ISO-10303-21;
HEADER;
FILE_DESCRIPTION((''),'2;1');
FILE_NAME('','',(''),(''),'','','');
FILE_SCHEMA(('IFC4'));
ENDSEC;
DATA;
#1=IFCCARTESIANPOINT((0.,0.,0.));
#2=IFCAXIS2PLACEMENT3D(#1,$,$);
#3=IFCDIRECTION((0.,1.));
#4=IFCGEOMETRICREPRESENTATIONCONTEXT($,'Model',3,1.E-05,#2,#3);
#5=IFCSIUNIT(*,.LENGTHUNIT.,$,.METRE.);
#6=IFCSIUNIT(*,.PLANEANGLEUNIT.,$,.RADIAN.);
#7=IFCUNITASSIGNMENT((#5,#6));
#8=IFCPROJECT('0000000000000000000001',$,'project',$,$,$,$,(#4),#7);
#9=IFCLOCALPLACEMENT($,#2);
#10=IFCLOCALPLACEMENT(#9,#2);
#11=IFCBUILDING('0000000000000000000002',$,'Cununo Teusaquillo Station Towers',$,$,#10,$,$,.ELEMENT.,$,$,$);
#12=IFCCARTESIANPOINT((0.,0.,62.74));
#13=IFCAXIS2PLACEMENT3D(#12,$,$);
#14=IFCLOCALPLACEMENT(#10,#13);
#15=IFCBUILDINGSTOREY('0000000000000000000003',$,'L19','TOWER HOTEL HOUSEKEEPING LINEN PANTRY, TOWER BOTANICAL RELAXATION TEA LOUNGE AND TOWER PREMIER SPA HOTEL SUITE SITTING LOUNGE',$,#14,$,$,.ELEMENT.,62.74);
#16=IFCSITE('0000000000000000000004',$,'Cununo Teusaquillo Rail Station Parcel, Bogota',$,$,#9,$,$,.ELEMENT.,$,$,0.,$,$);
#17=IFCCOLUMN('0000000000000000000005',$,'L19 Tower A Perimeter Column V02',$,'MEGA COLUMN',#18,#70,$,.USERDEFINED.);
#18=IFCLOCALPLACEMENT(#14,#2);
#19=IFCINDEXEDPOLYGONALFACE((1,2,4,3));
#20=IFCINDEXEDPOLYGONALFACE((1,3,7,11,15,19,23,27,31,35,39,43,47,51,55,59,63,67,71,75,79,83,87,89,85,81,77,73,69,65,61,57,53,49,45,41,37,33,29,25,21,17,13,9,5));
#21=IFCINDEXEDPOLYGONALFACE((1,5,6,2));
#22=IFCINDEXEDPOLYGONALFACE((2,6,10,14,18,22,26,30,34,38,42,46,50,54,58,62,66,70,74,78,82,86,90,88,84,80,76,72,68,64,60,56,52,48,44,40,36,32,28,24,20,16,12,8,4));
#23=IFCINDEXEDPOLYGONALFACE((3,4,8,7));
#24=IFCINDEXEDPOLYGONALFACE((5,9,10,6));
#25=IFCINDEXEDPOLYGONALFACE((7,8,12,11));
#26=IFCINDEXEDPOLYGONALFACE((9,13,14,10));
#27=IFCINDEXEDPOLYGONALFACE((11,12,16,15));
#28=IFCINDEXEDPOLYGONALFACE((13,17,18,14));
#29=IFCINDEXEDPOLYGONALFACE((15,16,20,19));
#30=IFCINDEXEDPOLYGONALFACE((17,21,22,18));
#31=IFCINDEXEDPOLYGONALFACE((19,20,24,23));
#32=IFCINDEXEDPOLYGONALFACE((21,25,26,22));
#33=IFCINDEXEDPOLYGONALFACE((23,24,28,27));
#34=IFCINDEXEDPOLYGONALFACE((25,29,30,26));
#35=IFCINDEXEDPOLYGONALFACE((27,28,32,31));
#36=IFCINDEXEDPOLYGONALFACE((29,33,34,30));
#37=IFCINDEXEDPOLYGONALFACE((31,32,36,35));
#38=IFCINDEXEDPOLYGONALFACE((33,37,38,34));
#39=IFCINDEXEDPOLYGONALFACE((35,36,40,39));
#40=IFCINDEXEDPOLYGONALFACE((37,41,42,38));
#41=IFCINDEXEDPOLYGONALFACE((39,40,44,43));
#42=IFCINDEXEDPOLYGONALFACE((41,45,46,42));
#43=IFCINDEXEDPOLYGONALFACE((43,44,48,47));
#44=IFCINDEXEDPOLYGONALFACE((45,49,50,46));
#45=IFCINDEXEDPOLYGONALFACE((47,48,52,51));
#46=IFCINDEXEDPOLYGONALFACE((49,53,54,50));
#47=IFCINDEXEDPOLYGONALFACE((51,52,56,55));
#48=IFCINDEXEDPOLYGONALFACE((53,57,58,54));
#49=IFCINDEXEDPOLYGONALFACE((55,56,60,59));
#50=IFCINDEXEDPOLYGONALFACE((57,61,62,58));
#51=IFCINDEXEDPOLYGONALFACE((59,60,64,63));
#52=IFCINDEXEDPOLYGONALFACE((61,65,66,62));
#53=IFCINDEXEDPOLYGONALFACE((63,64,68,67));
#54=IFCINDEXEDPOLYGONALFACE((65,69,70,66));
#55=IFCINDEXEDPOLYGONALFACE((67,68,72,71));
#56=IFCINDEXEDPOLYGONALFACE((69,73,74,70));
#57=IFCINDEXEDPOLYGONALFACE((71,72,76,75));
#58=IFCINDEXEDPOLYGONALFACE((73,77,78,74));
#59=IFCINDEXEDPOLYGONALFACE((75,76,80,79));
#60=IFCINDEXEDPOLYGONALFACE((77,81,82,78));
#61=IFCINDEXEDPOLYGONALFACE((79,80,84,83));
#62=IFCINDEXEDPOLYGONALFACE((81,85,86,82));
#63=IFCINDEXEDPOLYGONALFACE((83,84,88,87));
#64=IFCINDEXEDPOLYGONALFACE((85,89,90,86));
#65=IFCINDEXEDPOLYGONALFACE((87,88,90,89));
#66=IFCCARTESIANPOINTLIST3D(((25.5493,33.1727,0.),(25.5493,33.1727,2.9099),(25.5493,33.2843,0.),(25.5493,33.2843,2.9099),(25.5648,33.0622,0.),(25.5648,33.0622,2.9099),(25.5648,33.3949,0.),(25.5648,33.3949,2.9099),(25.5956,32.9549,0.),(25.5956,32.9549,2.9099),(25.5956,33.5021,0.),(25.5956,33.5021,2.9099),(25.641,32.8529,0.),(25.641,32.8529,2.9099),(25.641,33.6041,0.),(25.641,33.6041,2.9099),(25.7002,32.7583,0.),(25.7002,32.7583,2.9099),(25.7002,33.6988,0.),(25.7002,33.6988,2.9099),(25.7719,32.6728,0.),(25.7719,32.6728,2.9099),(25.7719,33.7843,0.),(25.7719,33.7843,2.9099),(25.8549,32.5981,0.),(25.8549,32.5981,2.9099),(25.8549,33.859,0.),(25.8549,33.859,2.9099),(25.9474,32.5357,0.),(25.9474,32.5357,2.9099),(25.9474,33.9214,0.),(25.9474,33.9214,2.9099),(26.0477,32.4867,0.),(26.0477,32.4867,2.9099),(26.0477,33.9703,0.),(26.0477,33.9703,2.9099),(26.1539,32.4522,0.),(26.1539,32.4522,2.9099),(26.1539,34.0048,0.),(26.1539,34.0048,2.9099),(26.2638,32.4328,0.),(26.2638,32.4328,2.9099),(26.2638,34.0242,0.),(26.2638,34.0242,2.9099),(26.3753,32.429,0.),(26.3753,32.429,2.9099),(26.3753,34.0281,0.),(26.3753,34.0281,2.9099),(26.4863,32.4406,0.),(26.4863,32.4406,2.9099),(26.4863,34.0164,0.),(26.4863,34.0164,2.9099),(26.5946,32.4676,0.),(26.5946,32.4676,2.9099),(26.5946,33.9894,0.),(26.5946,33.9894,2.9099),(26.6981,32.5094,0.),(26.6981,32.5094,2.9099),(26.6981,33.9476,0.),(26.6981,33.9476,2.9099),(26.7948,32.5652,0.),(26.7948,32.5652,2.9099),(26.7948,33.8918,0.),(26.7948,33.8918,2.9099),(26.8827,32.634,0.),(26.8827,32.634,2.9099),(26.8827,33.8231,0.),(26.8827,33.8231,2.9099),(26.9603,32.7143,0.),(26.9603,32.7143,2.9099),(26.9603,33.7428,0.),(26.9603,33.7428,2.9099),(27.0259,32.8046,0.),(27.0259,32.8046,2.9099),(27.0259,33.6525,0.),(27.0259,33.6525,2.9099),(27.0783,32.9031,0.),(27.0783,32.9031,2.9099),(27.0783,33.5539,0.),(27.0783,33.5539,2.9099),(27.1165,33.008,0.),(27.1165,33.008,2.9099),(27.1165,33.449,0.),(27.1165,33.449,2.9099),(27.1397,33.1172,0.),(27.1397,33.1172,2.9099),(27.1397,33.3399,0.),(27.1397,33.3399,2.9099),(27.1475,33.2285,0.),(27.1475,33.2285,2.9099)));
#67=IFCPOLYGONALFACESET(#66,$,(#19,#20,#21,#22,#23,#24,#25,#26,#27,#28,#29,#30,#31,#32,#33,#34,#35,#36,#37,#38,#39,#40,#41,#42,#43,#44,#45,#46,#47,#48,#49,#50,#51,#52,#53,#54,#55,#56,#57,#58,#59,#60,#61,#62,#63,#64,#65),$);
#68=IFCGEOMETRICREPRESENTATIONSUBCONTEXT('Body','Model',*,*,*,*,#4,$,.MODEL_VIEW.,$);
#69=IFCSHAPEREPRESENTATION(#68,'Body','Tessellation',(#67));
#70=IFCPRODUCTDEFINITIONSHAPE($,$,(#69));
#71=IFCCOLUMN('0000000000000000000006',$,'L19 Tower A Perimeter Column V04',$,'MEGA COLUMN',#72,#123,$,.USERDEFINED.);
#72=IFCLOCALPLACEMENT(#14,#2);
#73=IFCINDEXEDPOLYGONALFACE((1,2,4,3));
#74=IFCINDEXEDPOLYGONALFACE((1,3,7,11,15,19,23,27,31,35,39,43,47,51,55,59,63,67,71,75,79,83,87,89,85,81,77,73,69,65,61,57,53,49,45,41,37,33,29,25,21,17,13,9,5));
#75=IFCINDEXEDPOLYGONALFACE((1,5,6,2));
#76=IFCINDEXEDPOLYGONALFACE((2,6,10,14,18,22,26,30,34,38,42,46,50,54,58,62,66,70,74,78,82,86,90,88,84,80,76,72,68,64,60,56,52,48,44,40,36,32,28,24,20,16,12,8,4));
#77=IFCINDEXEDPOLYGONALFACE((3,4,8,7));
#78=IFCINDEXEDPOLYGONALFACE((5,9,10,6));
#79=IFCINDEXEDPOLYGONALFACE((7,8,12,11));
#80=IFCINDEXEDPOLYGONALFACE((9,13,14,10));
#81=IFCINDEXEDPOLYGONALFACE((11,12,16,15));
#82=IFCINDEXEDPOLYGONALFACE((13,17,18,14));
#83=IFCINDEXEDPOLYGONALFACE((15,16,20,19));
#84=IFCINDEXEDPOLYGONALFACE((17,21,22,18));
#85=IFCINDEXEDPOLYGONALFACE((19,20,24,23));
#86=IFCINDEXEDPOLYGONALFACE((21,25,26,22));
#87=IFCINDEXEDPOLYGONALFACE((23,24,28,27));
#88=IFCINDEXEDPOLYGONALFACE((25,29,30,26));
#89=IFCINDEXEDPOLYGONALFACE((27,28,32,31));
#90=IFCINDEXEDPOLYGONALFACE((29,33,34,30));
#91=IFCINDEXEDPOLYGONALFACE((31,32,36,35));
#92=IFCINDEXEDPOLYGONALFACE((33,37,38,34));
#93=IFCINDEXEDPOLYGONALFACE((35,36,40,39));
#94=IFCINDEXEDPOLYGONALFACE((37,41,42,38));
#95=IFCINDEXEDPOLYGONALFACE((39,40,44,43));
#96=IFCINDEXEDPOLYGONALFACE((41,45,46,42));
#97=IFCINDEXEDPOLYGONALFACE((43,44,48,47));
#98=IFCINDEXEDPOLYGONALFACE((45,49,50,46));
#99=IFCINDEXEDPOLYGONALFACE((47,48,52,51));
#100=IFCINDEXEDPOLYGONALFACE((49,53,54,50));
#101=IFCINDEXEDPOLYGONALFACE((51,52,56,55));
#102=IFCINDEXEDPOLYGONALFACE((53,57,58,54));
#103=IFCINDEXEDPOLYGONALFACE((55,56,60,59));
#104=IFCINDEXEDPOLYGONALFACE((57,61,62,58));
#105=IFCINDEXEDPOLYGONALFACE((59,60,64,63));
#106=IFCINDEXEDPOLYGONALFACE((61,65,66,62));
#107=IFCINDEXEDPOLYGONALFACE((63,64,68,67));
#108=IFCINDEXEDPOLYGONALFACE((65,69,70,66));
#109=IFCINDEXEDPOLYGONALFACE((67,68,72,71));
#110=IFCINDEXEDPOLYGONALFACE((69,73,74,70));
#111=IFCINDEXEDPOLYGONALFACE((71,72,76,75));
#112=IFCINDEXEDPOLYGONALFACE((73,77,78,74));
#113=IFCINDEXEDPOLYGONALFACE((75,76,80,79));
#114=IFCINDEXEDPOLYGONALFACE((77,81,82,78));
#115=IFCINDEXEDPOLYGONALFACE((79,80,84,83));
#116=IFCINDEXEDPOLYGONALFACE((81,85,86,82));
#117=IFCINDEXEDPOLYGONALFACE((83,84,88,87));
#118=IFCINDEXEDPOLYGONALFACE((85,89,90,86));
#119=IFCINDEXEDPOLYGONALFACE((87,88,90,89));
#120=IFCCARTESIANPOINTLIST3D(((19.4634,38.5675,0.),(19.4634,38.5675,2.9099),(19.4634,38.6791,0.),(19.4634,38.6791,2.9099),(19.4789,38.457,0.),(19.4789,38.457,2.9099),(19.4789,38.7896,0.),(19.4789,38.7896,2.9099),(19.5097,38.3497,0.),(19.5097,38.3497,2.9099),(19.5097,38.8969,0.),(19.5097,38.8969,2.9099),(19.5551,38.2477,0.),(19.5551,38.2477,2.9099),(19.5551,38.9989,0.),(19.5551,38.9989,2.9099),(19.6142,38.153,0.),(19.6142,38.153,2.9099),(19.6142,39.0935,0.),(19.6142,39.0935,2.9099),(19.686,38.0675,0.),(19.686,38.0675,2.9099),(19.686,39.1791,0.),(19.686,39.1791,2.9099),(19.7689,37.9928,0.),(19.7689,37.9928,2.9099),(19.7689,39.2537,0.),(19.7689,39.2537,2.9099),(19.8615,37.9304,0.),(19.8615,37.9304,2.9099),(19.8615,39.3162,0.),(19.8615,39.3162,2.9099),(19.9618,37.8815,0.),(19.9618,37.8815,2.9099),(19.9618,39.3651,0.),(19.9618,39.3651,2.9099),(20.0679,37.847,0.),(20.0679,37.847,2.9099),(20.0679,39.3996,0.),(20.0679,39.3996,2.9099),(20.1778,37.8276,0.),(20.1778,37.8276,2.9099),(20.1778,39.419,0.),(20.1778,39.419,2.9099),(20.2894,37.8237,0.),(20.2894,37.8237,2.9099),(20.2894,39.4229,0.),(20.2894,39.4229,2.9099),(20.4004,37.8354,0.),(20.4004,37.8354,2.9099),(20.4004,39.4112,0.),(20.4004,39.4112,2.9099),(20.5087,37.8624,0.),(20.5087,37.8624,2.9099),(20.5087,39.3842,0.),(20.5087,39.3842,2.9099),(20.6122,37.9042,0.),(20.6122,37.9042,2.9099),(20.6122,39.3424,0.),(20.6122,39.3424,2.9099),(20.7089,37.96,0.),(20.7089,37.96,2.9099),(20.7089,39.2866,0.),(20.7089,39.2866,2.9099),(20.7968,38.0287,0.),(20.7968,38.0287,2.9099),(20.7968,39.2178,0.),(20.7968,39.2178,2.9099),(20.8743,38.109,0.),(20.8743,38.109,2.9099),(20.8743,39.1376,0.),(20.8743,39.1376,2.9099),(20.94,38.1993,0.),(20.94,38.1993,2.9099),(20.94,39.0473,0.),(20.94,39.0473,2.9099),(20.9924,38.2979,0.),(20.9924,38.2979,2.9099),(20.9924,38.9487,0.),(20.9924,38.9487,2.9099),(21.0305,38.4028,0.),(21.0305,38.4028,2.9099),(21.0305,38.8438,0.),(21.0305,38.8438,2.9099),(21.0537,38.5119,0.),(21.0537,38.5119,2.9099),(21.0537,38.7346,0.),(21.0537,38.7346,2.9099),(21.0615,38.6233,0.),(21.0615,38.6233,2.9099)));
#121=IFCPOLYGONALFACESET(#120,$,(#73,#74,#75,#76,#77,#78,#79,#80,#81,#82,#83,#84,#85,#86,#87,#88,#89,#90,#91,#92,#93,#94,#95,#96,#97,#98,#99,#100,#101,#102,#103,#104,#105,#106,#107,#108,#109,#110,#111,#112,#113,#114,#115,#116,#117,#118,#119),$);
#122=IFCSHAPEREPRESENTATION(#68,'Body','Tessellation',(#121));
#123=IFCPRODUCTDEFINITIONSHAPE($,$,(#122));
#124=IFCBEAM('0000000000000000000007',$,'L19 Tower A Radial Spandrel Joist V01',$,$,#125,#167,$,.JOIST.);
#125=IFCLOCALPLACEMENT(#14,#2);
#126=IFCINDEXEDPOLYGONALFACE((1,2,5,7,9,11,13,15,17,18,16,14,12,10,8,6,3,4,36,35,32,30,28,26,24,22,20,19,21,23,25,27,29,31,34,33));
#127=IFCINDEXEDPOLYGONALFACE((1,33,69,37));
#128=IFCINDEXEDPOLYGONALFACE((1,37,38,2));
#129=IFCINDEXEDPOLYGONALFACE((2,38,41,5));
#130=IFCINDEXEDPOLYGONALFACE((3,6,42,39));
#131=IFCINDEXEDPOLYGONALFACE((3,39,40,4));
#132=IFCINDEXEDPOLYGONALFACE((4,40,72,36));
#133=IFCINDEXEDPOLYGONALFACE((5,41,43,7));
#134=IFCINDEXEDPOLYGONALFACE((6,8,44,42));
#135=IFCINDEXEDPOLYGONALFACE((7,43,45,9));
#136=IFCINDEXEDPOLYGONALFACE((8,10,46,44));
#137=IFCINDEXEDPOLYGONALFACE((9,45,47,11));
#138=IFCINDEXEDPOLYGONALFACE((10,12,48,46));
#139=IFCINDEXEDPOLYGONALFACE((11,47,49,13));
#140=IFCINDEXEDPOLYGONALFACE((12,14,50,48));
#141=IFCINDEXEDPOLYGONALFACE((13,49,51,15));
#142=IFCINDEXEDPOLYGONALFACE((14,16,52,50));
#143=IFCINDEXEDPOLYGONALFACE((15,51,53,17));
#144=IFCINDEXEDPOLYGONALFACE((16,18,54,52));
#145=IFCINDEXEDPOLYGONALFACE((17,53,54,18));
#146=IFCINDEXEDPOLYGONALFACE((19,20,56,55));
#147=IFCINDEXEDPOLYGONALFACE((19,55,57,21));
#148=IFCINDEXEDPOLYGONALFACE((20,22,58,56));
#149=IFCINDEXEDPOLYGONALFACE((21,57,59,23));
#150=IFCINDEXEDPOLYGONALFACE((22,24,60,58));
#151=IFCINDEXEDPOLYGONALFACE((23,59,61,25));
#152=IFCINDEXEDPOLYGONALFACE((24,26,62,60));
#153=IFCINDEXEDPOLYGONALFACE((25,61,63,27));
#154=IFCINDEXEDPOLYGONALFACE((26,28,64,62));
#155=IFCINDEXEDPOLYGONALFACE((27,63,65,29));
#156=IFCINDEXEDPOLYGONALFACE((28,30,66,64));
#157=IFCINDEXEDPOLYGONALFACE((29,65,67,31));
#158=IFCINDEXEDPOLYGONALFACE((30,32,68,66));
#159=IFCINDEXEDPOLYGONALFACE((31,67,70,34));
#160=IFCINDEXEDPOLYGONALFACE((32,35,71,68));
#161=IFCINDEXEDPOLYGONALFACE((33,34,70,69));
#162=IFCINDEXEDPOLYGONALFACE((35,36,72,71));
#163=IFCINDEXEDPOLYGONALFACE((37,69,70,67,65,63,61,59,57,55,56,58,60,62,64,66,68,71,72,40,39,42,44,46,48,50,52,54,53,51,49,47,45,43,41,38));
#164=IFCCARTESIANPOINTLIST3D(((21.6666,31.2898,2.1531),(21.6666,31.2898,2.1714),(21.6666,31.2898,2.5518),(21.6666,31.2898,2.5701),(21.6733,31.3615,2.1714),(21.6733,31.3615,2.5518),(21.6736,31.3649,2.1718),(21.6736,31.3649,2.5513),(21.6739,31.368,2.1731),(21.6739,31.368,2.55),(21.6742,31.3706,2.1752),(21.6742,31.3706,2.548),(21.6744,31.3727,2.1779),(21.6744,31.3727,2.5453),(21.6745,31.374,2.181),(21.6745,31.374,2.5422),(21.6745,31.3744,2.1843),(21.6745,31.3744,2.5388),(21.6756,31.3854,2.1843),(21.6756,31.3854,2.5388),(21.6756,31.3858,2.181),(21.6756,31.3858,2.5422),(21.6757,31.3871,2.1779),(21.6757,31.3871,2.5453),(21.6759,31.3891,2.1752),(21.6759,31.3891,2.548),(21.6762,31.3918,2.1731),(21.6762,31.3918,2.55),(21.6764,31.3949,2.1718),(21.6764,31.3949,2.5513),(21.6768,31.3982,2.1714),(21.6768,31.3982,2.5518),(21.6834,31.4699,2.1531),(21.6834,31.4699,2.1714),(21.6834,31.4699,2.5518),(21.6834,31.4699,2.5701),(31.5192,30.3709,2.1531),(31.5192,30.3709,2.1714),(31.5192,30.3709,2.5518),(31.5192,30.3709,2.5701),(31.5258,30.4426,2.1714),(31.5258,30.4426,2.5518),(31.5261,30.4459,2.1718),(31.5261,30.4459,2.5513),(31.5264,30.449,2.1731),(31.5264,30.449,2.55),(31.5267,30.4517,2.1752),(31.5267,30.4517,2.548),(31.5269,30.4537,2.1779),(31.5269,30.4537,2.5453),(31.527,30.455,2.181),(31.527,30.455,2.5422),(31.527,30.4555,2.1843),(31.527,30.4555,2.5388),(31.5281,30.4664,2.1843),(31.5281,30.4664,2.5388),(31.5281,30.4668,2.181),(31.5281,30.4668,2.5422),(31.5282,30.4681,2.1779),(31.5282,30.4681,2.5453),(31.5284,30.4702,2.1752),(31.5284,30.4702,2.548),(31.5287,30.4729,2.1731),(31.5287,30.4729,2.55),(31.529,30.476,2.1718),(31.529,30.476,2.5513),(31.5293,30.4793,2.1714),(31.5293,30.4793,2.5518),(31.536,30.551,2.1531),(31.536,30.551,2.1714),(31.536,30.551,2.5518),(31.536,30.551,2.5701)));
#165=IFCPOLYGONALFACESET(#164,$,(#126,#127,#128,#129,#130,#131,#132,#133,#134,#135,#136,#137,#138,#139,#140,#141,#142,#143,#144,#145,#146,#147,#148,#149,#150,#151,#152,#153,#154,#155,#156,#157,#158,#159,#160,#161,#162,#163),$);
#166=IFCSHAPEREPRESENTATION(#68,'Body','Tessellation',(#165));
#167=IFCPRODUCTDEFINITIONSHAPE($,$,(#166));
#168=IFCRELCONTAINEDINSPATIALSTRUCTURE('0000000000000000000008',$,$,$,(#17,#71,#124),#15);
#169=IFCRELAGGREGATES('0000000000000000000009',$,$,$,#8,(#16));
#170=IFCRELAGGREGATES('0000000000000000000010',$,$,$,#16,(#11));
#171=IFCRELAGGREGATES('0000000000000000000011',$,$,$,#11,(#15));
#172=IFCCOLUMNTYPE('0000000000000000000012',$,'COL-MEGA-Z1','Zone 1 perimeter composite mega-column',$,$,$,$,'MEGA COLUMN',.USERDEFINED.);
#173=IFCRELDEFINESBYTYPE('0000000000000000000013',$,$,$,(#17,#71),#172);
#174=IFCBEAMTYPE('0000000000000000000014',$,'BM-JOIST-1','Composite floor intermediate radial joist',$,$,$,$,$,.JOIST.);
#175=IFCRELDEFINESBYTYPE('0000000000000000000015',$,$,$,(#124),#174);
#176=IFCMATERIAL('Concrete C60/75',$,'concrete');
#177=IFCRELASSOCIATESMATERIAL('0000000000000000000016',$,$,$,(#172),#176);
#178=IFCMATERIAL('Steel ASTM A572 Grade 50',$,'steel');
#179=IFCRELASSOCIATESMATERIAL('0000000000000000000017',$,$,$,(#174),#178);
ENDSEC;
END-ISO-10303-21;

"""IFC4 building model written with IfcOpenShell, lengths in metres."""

from ifc_helpers import new_model, si_unit, direction, frame, origin, origin_2d, place, context, subcontext, project, spatial, circle, i_section, extrude, material, material_profile, profile_set, type_object, element, save


model = new_model("IFC4")

# Units and contexts
model_context = context("Model", 3, precision=1e-05, world=origin(), true_north=direction((0.0, 1.0)))
body_context = subcontext(model_context, "Body", "Model", "MODEL_VIEW")
ifc_project = project(units=[si_unit("LENGTHUNIT", "METRE"), si_unit("PLANEANGLEUNIT", "RADIAN")], contexts=[model_context])

# Site, building, storey
site_placement = place(None, origin())
site = spatial("IfcSite", under=ifc_project, at=site_placement, Name="Cununo Teusaquillo Rail Station Parcel, Bogota", CompositionType="ELEMENT", RefElevation=0.0)
building_placement = place(site_placement, origin())
building = spatial("IfcBuilding", under=site, at=building_placement, Name="Cununo Teusaquillo Station Towers", CompositionType="ELEMENT")
storey_placement = place(building_placement, frame((0.0, 0.0, 62.74)))
storey = spatial("IfcBuildingStorey", under=building, at=storey_placement, Name="L19", Description="TOWER HOTEL HOUSEKEEPING LINEN PANTRY, TOWER BOTANICAL RELAXATION TEA LOUNGE AND TOWER PREMIER SPA HOTEL SUITE SITTING LOUNGE", CompositionType="ELEMENT", Elevation=62.74)

# Columns
ifc_material_1 = material(Name="Concrete C60/75", Category="concrete")
ifc_material_profile_1 = material_profile(ifc_material_1, circle(Radius=0.8, at=origin_2d()), Name="RC-CIRC-1600")
ifc_profile_set_1 = profile_set([ifc_material_profile_1], Name="Concrete C60/75")
column_type = type_object("IfcColumnType", Name="COL-MEGA-Z1", Description="Zone 1 perimeter composite mega-column", ElementType="MEGA COLUMN", PredefinedType="USERDEFINED", material=ifc_profile_set_1)
for number, where, z_axis, x_axis, name in (
    (1, (26.3474, 33.2285, 0.0), (0.0, 0.0, 1.0), (1.0, 0.0, 0.0), "L19 Tower A Perimeter Column V02"),
    (2, (20.2615, 38.6233, 0.0), (0.0, 0.0, 1.0), (1.0, 0.0, 0.0), "L19 Tower A Perimeter Column V04"),
):
    element("IfcColumn", number, at=place(storey_placement, frame(where, z_axis=z_axis, x_axis=x_axis)), inside=storey, type_object=column_type, Name=name, ObjectType="MEGA COLUMN", PredefinedType="USERDEFINED", context=body_context, shape_type="SweptSolid", body=[
        extrude(circle(Radius=0.8, at=origin_2d()), origin(), (0.0, 0.0, 1.0), 2.9099),
    ])

# Beam
ifc_material_2 = material(Name="Steel ASTM A572 Grade 50", Category="steel")
ifc_material_profile_2 = material_profile(ifc_material_2, i_section(OverallWidth=0.1809, OverallDepth=0.417, WebThickness=0.011, FlangeThickness=0.0183, FilletRadius=0.0129, at=origin_2d()), Name="W16X57")
ifc_profile_set_2 = profile_set([ifc_material_profile_2], Name="Steel ASTM A572 Grade 50")
beam_type_1 = type_object("IfcBeamType", Name="BM-JOIST-1", Description="Composite floor intermediate radial joist", PredefinedType="JOIST", material=ifc_profile_set_2)
beam_1_placement = place(storey_placement, frame((21.675, 31.3799, 2.3616), z_axis=(0.995679, -0.092867, 0.0), x_axis=(0.092867, 0.995679, 0.0)))
element("IfcBeam", 3, at=beam_1_placement, inside=storey, type_object=beam_type_1, Name="L19 Tower A Radial Spandrel Joist V01", PredefinedType="JOIST", context=body_context, shape_type="SweptSolid", body=[
    extrude(i_section(OverallWidth=0.1809, OverallDepth=0.417, WebThickness=0.011, FlangeThickness=0.0183, FilletRadius=0.0129, at=origin_2d()), origin(), (0.0, 0.0, 1.0), 9.8953),
])

save(model, "model.ifc")
